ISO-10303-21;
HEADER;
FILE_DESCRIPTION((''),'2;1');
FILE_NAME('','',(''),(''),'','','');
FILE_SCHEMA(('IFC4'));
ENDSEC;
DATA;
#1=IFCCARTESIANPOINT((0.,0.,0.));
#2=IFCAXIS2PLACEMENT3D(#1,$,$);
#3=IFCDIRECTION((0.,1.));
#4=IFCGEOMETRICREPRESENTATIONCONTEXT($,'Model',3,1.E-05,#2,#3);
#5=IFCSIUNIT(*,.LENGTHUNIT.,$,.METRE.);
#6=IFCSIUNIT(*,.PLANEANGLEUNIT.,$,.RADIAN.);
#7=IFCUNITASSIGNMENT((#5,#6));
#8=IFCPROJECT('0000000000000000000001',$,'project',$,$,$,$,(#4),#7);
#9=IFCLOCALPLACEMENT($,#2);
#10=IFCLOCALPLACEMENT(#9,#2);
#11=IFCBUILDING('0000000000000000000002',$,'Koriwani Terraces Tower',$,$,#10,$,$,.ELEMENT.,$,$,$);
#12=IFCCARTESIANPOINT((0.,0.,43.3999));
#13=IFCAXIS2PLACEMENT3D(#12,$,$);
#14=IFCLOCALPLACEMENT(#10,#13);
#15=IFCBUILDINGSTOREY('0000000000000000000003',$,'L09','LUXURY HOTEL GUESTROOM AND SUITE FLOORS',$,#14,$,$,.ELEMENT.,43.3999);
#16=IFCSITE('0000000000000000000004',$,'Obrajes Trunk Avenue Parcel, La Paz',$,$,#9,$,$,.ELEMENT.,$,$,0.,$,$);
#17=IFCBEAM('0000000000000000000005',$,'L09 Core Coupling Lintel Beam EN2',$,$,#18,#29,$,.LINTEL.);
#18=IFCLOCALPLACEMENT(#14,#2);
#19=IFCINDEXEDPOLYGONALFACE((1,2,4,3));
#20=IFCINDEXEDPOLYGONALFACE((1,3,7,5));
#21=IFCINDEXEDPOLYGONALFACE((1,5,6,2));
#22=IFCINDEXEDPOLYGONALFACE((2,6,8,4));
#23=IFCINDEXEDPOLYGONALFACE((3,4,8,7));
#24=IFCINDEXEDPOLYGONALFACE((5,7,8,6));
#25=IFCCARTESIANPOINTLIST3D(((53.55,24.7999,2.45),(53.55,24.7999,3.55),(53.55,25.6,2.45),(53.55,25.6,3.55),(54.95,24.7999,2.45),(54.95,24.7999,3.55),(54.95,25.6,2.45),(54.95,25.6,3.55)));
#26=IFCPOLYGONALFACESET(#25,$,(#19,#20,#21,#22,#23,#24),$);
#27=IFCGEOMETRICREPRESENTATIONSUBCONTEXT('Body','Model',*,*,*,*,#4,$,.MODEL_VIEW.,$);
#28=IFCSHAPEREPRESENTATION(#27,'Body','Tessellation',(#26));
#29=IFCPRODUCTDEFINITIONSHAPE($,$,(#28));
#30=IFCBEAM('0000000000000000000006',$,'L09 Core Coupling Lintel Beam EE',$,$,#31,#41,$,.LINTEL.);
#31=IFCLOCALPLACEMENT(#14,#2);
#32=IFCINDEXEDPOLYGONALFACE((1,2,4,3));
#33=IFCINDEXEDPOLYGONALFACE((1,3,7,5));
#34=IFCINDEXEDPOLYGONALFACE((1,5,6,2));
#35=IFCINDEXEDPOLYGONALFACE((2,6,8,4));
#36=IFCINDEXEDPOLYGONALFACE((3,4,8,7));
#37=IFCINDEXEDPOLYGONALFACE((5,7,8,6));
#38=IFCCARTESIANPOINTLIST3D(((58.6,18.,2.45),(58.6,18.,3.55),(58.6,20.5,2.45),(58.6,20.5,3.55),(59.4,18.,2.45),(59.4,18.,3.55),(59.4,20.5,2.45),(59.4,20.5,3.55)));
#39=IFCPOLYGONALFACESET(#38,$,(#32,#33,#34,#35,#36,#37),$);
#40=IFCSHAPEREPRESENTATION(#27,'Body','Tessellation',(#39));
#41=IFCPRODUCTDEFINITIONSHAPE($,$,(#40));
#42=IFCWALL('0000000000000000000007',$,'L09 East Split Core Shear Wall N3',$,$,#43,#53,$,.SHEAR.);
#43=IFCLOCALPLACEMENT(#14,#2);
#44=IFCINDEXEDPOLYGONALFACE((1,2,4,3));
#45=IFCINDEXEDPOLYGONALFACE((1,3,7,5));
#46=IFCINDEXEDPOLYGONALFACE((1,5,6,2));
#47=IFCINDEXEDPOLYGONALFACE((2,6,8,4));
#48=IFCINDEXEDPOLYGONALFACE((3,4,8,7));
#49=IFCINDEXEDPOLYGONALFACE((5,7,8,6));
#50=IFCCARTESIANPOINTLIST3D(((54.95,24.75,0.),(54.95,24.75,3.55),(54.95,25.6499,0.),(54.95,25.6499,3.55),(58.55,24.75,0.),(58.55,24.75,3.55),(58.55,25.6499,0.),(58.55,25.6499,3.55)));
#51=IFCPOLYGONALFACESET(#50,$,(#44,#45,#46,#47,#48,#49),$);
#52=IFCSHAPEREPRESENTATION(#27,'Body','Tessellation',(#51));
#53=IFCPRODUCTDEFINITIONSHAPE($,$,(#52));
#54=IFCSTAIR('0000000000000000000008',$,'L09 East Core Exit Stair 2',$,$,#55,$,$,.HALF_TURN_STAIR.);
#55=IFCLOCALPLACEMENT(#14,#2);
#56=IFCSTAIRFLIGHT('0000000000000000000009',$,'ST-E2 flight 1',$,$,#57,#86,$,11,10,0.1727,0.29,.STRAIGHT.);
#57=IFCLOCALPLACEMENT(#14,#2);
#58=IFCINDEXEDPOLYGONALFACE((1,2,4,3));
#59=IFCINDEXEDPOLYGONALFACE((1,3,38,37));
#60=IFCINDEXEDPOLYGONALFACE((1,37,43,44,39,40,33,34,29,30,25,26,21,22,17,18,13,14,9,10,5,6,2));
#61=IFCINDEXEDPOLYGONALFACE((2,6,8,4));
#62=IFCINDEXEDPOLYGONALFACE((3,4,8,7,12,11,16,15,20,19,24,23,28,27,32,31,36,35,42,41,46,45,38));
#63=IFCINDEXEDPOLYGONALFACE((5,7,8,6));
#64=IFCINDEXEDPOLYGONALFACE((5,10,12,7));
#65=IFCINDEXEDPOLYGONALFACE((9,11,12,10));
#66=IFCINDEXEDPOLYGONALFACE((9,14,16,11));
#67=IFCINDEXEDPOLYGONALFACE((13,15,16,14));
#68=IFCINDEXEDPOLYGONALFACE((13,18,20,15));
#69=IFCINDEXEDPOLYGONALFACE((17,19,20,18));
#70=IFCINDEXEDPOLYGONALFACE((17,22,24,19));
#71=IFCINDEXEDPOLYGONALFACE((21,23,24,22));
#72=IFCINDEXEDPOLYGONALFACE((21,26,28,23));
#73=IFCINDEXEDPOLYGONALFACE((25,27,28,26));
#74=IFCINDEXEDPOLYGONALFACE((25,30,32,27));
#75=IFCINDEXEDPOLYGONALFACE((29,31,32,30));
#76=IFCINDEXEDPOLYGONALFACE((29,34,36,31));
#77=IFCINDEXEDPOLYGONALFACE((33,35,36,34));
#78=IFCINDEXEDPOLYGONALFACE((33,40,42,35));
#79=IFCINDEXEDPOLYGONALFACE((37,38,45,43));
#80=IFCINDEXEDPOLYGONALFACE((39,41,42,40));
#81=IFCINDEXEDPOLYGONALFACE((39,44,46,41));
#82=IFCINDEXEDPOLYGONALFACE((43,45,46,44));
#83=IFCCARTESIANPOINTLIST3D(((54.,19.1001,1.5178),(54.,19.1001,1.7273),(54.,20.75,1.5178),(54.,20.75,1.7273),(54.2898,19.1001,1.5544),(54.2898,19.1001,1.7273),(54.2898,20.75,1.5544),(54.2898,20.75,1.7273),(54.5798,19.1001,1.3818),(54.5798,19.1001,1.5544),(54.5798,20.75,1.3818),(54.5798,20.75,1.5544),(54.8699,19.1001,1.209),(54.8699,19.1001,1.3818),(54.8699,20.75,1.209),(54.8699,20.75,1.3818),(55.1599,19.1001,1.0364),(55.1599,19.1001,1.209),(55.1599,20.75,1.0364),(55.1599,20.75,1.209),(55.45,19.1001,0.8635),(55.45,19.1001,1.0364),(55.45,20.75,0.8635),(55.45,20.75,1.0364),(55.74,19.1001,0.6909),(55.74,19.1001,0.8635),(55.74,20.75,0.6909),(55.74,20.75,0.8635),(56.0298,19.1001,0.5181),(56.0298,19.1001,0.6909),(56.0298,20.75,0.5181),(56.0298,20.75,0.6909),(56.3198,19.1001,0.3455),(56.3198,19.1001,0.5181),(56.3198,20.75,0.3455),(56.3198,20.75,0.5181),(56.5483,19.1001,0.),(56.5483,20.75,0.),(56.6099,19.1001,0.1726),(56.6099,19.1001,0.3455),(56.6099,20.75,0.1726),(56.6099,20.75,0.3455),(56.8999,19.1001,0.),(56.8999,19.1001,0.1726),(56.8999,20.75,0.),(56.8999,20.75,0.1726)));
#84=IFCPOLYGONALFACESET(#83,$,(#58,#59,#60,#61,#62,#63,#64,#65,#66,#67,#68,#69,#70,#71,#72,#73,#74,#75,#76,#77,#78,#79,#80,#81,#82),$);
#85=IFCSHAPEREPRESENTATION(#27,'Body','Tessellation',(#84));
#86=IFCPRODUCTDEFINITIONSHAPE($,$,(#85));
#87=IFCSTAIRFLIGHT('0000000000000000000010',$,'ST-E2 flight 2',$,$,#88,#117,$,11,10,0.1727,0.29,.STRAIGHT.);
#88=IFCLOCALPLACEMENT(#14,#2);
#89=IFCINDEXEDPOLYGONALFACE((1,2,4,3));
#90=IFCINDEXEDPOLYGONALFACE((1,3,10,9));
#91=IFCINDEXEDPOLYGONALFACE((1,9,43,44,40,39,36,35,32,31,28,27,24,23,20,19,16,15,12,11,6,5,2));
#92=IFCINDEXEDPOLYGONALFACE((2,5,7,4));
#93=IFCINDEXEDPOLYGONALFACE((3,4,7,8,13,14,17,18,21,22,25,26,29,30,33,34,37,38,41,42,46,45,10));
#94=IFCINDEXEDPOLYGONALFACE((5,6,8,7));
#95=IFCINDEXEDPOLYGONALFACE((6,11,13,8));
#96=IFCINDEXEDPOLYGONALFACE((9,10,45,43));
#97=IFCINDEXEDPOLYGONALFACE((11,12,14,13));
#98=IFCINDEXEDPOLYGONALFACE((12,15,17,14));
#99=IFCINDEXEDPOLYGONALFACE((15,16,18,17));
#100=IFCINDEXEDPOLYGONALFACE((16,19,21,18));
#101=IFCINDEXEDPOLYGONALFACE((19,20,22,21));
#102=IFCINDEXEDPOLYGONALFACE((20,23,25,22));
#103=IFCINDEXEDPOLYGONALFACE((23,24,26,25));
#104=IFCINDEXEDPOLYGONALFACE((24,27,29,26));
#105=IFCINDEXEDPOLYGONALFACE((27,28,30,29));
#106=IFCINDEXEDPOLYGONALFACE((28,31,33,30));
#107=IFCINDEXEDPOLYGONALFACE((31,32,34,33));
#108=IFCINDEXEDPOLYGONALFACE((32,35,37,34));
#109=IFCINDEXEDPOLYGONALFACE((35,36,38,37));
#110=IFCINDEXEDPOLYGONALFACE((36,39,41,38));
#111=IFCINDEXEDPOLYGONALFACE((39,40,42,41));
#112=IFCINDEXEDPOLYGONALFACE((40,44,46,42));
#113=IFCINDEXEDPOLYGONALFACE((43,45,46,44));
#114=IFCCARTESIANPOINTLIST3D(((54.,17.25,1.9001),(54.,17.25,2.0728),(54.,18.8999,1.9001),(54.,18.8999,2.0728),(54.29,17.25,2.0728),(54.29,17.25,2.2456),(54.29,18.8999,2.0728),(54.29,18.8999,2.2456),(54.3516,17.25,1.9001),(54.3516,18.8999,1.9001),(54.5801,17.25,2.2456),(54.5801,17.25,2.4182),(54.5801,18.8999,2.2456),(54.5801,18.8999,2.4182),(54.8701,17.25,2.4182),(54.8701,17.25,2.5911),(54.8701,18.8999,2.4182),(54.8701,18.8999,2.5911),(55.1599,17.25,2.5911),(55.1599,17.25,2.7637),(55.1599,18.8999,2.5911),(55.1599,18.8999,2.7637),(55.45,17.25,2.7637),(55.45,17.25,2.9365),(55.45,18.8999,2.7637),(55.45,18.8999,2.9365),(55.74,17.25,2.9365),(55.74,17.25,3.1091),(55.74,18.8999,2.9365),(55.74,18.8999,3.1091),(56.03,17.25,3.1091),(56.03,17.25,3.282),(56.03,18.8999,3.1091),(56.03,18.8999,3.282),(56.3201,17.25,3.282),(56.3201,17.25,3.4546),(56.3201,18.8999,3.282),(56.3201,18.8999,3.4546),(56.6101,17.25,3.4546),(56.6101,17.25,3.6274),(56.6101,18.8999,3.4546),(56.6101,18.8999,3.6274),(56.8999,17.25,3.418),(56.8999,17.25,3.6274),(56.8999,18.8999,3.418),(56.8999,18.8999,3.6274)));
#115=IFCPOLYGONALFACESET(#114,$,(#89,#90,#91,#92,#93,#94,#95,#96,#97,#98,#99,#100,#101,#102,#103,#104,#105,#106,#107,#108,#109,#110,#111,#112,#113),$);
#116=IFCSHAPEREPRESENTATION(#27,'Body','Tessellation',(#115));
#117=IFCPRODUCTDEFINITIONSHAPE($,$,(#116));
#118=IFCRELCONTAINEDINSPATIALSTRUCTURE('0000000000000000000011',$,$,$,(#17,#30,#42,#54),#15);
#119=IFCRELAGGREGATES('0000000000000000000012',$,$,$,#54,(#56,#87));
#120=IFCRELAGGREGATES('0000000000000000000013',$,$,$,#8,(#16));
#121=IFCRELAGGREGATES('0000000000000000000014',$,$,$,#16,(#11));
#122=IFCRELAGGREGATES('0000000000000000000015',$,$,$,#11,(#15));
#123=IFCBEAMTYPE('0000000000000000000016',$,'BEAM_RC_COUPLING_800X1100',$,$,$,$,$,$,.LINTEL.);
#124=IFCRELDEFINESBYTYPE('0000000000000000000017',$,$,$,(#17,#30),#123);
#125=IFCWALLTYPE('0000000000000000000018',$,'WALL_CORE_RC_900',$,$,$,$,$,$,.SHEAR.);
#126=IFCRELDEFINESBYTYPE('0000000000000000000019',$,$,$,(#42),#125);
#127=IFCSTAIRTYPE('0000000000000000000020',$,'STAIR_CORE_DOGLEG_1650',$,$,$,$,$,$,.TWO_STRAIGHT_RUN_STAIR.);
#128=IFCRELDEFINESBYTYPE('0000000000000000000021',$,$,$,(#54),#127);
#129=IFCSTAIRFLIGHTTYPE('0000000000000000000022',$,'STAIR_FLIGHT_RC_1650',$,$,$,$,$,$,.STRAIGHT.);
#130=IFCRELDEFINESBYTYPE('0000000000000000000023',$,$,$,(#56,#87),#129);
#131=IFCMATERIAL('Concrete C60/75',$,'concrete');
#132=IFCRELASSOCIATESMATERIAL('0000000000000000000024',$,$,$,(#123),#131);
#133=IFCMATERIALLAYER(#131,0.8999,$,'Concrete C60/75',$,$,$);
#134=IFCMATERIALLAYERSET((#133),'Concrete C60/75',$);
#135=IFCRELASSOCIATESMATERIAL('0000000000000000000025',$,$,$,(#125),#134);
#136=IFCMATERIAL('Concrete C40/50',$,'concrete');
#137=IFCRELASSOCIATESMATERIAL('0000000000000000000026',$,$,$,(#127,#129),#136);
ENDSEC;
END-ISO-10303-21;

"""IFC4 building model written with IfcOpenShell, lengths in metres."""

from ifc_helpers import new_model, si_unit, direction, frame, frame_2d, origin, origin_2d, place, context, subcontext, project, spatial, polyline, rectangle, outline, extrude, material, layer, layer_set, material_profile, profile_set, type_object, element, aggregate, save


model = new_model("IFC4")

# Units and contexts
model_context = context("Model", 3, precision=1e-05, world=origin(), true_north=direction((0.0, 1.0)))
body_context = subcontext(model_context, "Body", "Model", "MODEL_VIEW")
ifc_project = project(units=[si_unit("LENGTHUNIT", "METRE"), si_unit("PLANEANGLEUNIT", "RADIAN")], contexts=[model_context])

# Site, building, storey
site_placement = place(None, origin())
site = spatial("IfcSite", under=ifc_project, at=site_placement, Name="Obrajes Trunk Avenue Parcel, La Paz", CompositionType="ELEMENT", RefElevation=0.0)
building_placement = place(site_placement, origin())
building = spatial("IfcBuilding", under=site, at=building_placement, Name="Koriwani Terraces Tower", CompositionType="ELEMENT")
storey_placement = place(building_placement, frame((0.0, 0.0, 43.3999)))
storey = spatial("IfcBuildingStorey", under=building, at=storey_placement, Name="L09", Description="LUXURY HOTEL GUESTROOM AND SUITE FLOORS", CompositionType="ELEMENT", Elevation=43.3999)

# Beams
ifc_material_1 = material(Name="Concrete C60/75", Category="concrete")
ifc_material_profile = material_profile(ifc_material_1, rectangle(XDim=0.8, YDim=1.1001, at=origin_2d()), Name="Concrete C60/75", Category="LoadBearing")
ifc_profile_set = profile_set([ifc_material_profile], Name="Concrete C60/75")
beam_type = type_object("IfcBeamType", Name="BEAM_RC_COUPLING_800X1100", PredefinedType="LINTEL", material=ifc_profile_set)
beam_1_placement = place(storey_placement, frame((53.55, 25.2, 3.0), z_axis=(1.0, 0.0, 0.0), x_axis=(0.0, 1.0, 0.0)))
element("IfcBeam", 1, at=beam_1_placement, inside=storey, type_object=beam_type, Name="L09 Core Coupling Lintel Beam EN2", PredefinedType="LINTEL", context=body_context, shape_type="SweptSolid", body=[
    extrude(rectangle(XDim=0.8, YDim=1.1001, at=origin_2d()), origin(), (0.0, 0.0, 1.0), 1.3999),
])
beam_2_placement = place(storey_placement, frame((59.0, 18.0, 3.0), z_axis=(0.0, 1.0, 0.0), x_axis=(-1.0, 0.0, 0.0)))
element("IfcBeam", 2, at=beam_2_placement, inside=storey, type_object=beam_type, Name="L09 Core Coupling Lintel Beam EE", PredefinedType="LINTEL", context=body_context, shape_type="SweptSolid", body=[
    extrude(rectangle(XDim=0.8, YDim=1.1001, at=origin_2d()), origin(), (0.0, 0.0, 1.0), 2.5),
])

# Wall
ifc_layer_1 = layer(ifc_material_1, 0.8999, Name="Concrete C60/75")
ifc_layer_set_1 = layer_set([ifc_layer_1], Name="Concrete C60/75")
wall_type_1 = type_object("IfcWallType", Name="WALL_CORE_RC_900", PredefinedType="SHEAR", material=ifc_layer_set_1)
wall_1_placement = place(storey_placement, frame((54.95, 25.2, 0.0), z_axis=(0.0, 0.0, 1.0), x_axis=(1.0, 0.0, 0.0)))
element("IfcWall", 3, at=wall_1_placement, inside=storey, type_object=wall_type_1, Name="L09 East Split Core Shear Wall N3", PredefinedType="SHEAR", context=body_context, shape_type="SweptSolid", body=[
    extrude(rectangle(XDim=3.6001, YDim=0.8999, at=frame_2d((1.8, 0.0))), origin(), (0.0, 0.0, 1.0), 3.55),
])

# Shared definitions
ifc_material_2 = material(Name="Concrete C40/50", Category="concrete")

# Stair, stair flights
stair_type = type_object("IfcStairType", Name="STAIR_CORE_DOGLEG_1650", PredefinedType="TWO_STRAIGHT_RUN_STAIR", material=ifc_material_2)
stair_placement = place(storey_placement, origin())
stair = element("IfcStair", 4, at=stair_placement, inside=storey, type_object=stair_type, Name="L09 East Core Exit Stair 2", PredefinedType="HALF_TURN_STAIR")
stair_flight_type = type_object("IfcStairFlightType", Name="STAIR_FLIGHT_RC_1650", PredefinedType="STRAIGHT", material=ifc_material_2)
stair_flight_1_placement = place(storey_placement, frame((56.8999, 19.925, 0.0), z_axis=(0.0, 0.0, 1.0), x_axis=(-1.0, 0.0, 0.0)))
stair_flight_1 = element("IfcStairFlight", 5, at=stair_flight_1_placement, type_object=stair_flight_type, Name="ST-E2 flight 1", NumberOfRisers=11, NumberOfTreads=10, PredefinedType="STRAIGHT", RiserHeight=0.1727, TreadLength=0.29, context=body_context, shape_type="SweptSolid", body=[
    extrude(outline(polyline([(0.0, 0.0), (0.0, 0.1726), (0.29, 0.1726), (0.29, 0.3455), (0.5801, 0.3455), (0.5801, 0.5181), (0.8701, 0.5181), (0.8701, 0.6909), (1.1599, 0.6909), (1.1599, 0.8635), (1.45, 0.8635), (1.45, 1.0364), (1.74, 1.0364), (1.74, 1.209), (2.03, 1.209), (2.03, 1.3818), (2.3201, 1.3818), (2.3201, 1.5544), (2.6101, 1.5544), (2.6101, 1.7273), (2.8999, 1.7273), (2.8999, 1.8999), (2.8999, 1.5178), (0.3516, 0.0), (0.0, 0.0)])), frame((0.0, 0.825, 0.0), z_axis=(0.0, -1.0, 0.0), x_axis=(1.0, 0.0, 0.0)), (0.0, 0.0, 1.0), 1.6499),
])
stair_flight_2_placement = place(storey_placement, frame((54.0, 18.075, 1.9001), z_axis=(0.0, 0.0, 1.0), x_axis=(1.0, 0.0, 0.0)))
stair_flight_2 = element("IfcStairFlight", 6, at=stair_flight_2_placement, type_object=stair_flight_type, Name="ST-E2 flight 2", NumberOfRisers=11, NumberOfTreads=10, PredefinedType="STRAIGHT", RiserHeight=0.1727, TreadLength=0.29, context=body_context, shape_type="SweptSolid", body=[
    extrude(outline(polyline([(0.0, 0.0), (0.0, 0.1726), (0.29, 0.1726), (0.29, 0.3455), (0.5801, 0.3455), (0.5801, 0.5181), (0.8701, 0.5181), (0.8701, 0.6909), (1.1599, 0.6909), (1.1599, 0.8635), (1.45, 0.8635), (1.45, 1.0364), (1.74, 1.0364), (1.74, 1.209), (2.03, 1.209), (2.03, 1.3818), (2.3201, 1.3818), (2.3201, 1.5544), (2.6101, 1.5544), (2.6101, 1.7273), (2.8999, 1.7273), (2.8999, 1.8999), (2.8999, 1.5178), (0.3516, 0.0), (0.0, 0.0)])), frame((0.0, 0.825, 0.0), z_axis=(0.0, -1.0, 0.0), x_axis=(1.0, 0.0, 0.0)), (0.0, 0.0, 1.0), 1.6499),
])
aggregate(stair, [stair_flight_1, stair_flight_2])

save(model, "model.ifc")
